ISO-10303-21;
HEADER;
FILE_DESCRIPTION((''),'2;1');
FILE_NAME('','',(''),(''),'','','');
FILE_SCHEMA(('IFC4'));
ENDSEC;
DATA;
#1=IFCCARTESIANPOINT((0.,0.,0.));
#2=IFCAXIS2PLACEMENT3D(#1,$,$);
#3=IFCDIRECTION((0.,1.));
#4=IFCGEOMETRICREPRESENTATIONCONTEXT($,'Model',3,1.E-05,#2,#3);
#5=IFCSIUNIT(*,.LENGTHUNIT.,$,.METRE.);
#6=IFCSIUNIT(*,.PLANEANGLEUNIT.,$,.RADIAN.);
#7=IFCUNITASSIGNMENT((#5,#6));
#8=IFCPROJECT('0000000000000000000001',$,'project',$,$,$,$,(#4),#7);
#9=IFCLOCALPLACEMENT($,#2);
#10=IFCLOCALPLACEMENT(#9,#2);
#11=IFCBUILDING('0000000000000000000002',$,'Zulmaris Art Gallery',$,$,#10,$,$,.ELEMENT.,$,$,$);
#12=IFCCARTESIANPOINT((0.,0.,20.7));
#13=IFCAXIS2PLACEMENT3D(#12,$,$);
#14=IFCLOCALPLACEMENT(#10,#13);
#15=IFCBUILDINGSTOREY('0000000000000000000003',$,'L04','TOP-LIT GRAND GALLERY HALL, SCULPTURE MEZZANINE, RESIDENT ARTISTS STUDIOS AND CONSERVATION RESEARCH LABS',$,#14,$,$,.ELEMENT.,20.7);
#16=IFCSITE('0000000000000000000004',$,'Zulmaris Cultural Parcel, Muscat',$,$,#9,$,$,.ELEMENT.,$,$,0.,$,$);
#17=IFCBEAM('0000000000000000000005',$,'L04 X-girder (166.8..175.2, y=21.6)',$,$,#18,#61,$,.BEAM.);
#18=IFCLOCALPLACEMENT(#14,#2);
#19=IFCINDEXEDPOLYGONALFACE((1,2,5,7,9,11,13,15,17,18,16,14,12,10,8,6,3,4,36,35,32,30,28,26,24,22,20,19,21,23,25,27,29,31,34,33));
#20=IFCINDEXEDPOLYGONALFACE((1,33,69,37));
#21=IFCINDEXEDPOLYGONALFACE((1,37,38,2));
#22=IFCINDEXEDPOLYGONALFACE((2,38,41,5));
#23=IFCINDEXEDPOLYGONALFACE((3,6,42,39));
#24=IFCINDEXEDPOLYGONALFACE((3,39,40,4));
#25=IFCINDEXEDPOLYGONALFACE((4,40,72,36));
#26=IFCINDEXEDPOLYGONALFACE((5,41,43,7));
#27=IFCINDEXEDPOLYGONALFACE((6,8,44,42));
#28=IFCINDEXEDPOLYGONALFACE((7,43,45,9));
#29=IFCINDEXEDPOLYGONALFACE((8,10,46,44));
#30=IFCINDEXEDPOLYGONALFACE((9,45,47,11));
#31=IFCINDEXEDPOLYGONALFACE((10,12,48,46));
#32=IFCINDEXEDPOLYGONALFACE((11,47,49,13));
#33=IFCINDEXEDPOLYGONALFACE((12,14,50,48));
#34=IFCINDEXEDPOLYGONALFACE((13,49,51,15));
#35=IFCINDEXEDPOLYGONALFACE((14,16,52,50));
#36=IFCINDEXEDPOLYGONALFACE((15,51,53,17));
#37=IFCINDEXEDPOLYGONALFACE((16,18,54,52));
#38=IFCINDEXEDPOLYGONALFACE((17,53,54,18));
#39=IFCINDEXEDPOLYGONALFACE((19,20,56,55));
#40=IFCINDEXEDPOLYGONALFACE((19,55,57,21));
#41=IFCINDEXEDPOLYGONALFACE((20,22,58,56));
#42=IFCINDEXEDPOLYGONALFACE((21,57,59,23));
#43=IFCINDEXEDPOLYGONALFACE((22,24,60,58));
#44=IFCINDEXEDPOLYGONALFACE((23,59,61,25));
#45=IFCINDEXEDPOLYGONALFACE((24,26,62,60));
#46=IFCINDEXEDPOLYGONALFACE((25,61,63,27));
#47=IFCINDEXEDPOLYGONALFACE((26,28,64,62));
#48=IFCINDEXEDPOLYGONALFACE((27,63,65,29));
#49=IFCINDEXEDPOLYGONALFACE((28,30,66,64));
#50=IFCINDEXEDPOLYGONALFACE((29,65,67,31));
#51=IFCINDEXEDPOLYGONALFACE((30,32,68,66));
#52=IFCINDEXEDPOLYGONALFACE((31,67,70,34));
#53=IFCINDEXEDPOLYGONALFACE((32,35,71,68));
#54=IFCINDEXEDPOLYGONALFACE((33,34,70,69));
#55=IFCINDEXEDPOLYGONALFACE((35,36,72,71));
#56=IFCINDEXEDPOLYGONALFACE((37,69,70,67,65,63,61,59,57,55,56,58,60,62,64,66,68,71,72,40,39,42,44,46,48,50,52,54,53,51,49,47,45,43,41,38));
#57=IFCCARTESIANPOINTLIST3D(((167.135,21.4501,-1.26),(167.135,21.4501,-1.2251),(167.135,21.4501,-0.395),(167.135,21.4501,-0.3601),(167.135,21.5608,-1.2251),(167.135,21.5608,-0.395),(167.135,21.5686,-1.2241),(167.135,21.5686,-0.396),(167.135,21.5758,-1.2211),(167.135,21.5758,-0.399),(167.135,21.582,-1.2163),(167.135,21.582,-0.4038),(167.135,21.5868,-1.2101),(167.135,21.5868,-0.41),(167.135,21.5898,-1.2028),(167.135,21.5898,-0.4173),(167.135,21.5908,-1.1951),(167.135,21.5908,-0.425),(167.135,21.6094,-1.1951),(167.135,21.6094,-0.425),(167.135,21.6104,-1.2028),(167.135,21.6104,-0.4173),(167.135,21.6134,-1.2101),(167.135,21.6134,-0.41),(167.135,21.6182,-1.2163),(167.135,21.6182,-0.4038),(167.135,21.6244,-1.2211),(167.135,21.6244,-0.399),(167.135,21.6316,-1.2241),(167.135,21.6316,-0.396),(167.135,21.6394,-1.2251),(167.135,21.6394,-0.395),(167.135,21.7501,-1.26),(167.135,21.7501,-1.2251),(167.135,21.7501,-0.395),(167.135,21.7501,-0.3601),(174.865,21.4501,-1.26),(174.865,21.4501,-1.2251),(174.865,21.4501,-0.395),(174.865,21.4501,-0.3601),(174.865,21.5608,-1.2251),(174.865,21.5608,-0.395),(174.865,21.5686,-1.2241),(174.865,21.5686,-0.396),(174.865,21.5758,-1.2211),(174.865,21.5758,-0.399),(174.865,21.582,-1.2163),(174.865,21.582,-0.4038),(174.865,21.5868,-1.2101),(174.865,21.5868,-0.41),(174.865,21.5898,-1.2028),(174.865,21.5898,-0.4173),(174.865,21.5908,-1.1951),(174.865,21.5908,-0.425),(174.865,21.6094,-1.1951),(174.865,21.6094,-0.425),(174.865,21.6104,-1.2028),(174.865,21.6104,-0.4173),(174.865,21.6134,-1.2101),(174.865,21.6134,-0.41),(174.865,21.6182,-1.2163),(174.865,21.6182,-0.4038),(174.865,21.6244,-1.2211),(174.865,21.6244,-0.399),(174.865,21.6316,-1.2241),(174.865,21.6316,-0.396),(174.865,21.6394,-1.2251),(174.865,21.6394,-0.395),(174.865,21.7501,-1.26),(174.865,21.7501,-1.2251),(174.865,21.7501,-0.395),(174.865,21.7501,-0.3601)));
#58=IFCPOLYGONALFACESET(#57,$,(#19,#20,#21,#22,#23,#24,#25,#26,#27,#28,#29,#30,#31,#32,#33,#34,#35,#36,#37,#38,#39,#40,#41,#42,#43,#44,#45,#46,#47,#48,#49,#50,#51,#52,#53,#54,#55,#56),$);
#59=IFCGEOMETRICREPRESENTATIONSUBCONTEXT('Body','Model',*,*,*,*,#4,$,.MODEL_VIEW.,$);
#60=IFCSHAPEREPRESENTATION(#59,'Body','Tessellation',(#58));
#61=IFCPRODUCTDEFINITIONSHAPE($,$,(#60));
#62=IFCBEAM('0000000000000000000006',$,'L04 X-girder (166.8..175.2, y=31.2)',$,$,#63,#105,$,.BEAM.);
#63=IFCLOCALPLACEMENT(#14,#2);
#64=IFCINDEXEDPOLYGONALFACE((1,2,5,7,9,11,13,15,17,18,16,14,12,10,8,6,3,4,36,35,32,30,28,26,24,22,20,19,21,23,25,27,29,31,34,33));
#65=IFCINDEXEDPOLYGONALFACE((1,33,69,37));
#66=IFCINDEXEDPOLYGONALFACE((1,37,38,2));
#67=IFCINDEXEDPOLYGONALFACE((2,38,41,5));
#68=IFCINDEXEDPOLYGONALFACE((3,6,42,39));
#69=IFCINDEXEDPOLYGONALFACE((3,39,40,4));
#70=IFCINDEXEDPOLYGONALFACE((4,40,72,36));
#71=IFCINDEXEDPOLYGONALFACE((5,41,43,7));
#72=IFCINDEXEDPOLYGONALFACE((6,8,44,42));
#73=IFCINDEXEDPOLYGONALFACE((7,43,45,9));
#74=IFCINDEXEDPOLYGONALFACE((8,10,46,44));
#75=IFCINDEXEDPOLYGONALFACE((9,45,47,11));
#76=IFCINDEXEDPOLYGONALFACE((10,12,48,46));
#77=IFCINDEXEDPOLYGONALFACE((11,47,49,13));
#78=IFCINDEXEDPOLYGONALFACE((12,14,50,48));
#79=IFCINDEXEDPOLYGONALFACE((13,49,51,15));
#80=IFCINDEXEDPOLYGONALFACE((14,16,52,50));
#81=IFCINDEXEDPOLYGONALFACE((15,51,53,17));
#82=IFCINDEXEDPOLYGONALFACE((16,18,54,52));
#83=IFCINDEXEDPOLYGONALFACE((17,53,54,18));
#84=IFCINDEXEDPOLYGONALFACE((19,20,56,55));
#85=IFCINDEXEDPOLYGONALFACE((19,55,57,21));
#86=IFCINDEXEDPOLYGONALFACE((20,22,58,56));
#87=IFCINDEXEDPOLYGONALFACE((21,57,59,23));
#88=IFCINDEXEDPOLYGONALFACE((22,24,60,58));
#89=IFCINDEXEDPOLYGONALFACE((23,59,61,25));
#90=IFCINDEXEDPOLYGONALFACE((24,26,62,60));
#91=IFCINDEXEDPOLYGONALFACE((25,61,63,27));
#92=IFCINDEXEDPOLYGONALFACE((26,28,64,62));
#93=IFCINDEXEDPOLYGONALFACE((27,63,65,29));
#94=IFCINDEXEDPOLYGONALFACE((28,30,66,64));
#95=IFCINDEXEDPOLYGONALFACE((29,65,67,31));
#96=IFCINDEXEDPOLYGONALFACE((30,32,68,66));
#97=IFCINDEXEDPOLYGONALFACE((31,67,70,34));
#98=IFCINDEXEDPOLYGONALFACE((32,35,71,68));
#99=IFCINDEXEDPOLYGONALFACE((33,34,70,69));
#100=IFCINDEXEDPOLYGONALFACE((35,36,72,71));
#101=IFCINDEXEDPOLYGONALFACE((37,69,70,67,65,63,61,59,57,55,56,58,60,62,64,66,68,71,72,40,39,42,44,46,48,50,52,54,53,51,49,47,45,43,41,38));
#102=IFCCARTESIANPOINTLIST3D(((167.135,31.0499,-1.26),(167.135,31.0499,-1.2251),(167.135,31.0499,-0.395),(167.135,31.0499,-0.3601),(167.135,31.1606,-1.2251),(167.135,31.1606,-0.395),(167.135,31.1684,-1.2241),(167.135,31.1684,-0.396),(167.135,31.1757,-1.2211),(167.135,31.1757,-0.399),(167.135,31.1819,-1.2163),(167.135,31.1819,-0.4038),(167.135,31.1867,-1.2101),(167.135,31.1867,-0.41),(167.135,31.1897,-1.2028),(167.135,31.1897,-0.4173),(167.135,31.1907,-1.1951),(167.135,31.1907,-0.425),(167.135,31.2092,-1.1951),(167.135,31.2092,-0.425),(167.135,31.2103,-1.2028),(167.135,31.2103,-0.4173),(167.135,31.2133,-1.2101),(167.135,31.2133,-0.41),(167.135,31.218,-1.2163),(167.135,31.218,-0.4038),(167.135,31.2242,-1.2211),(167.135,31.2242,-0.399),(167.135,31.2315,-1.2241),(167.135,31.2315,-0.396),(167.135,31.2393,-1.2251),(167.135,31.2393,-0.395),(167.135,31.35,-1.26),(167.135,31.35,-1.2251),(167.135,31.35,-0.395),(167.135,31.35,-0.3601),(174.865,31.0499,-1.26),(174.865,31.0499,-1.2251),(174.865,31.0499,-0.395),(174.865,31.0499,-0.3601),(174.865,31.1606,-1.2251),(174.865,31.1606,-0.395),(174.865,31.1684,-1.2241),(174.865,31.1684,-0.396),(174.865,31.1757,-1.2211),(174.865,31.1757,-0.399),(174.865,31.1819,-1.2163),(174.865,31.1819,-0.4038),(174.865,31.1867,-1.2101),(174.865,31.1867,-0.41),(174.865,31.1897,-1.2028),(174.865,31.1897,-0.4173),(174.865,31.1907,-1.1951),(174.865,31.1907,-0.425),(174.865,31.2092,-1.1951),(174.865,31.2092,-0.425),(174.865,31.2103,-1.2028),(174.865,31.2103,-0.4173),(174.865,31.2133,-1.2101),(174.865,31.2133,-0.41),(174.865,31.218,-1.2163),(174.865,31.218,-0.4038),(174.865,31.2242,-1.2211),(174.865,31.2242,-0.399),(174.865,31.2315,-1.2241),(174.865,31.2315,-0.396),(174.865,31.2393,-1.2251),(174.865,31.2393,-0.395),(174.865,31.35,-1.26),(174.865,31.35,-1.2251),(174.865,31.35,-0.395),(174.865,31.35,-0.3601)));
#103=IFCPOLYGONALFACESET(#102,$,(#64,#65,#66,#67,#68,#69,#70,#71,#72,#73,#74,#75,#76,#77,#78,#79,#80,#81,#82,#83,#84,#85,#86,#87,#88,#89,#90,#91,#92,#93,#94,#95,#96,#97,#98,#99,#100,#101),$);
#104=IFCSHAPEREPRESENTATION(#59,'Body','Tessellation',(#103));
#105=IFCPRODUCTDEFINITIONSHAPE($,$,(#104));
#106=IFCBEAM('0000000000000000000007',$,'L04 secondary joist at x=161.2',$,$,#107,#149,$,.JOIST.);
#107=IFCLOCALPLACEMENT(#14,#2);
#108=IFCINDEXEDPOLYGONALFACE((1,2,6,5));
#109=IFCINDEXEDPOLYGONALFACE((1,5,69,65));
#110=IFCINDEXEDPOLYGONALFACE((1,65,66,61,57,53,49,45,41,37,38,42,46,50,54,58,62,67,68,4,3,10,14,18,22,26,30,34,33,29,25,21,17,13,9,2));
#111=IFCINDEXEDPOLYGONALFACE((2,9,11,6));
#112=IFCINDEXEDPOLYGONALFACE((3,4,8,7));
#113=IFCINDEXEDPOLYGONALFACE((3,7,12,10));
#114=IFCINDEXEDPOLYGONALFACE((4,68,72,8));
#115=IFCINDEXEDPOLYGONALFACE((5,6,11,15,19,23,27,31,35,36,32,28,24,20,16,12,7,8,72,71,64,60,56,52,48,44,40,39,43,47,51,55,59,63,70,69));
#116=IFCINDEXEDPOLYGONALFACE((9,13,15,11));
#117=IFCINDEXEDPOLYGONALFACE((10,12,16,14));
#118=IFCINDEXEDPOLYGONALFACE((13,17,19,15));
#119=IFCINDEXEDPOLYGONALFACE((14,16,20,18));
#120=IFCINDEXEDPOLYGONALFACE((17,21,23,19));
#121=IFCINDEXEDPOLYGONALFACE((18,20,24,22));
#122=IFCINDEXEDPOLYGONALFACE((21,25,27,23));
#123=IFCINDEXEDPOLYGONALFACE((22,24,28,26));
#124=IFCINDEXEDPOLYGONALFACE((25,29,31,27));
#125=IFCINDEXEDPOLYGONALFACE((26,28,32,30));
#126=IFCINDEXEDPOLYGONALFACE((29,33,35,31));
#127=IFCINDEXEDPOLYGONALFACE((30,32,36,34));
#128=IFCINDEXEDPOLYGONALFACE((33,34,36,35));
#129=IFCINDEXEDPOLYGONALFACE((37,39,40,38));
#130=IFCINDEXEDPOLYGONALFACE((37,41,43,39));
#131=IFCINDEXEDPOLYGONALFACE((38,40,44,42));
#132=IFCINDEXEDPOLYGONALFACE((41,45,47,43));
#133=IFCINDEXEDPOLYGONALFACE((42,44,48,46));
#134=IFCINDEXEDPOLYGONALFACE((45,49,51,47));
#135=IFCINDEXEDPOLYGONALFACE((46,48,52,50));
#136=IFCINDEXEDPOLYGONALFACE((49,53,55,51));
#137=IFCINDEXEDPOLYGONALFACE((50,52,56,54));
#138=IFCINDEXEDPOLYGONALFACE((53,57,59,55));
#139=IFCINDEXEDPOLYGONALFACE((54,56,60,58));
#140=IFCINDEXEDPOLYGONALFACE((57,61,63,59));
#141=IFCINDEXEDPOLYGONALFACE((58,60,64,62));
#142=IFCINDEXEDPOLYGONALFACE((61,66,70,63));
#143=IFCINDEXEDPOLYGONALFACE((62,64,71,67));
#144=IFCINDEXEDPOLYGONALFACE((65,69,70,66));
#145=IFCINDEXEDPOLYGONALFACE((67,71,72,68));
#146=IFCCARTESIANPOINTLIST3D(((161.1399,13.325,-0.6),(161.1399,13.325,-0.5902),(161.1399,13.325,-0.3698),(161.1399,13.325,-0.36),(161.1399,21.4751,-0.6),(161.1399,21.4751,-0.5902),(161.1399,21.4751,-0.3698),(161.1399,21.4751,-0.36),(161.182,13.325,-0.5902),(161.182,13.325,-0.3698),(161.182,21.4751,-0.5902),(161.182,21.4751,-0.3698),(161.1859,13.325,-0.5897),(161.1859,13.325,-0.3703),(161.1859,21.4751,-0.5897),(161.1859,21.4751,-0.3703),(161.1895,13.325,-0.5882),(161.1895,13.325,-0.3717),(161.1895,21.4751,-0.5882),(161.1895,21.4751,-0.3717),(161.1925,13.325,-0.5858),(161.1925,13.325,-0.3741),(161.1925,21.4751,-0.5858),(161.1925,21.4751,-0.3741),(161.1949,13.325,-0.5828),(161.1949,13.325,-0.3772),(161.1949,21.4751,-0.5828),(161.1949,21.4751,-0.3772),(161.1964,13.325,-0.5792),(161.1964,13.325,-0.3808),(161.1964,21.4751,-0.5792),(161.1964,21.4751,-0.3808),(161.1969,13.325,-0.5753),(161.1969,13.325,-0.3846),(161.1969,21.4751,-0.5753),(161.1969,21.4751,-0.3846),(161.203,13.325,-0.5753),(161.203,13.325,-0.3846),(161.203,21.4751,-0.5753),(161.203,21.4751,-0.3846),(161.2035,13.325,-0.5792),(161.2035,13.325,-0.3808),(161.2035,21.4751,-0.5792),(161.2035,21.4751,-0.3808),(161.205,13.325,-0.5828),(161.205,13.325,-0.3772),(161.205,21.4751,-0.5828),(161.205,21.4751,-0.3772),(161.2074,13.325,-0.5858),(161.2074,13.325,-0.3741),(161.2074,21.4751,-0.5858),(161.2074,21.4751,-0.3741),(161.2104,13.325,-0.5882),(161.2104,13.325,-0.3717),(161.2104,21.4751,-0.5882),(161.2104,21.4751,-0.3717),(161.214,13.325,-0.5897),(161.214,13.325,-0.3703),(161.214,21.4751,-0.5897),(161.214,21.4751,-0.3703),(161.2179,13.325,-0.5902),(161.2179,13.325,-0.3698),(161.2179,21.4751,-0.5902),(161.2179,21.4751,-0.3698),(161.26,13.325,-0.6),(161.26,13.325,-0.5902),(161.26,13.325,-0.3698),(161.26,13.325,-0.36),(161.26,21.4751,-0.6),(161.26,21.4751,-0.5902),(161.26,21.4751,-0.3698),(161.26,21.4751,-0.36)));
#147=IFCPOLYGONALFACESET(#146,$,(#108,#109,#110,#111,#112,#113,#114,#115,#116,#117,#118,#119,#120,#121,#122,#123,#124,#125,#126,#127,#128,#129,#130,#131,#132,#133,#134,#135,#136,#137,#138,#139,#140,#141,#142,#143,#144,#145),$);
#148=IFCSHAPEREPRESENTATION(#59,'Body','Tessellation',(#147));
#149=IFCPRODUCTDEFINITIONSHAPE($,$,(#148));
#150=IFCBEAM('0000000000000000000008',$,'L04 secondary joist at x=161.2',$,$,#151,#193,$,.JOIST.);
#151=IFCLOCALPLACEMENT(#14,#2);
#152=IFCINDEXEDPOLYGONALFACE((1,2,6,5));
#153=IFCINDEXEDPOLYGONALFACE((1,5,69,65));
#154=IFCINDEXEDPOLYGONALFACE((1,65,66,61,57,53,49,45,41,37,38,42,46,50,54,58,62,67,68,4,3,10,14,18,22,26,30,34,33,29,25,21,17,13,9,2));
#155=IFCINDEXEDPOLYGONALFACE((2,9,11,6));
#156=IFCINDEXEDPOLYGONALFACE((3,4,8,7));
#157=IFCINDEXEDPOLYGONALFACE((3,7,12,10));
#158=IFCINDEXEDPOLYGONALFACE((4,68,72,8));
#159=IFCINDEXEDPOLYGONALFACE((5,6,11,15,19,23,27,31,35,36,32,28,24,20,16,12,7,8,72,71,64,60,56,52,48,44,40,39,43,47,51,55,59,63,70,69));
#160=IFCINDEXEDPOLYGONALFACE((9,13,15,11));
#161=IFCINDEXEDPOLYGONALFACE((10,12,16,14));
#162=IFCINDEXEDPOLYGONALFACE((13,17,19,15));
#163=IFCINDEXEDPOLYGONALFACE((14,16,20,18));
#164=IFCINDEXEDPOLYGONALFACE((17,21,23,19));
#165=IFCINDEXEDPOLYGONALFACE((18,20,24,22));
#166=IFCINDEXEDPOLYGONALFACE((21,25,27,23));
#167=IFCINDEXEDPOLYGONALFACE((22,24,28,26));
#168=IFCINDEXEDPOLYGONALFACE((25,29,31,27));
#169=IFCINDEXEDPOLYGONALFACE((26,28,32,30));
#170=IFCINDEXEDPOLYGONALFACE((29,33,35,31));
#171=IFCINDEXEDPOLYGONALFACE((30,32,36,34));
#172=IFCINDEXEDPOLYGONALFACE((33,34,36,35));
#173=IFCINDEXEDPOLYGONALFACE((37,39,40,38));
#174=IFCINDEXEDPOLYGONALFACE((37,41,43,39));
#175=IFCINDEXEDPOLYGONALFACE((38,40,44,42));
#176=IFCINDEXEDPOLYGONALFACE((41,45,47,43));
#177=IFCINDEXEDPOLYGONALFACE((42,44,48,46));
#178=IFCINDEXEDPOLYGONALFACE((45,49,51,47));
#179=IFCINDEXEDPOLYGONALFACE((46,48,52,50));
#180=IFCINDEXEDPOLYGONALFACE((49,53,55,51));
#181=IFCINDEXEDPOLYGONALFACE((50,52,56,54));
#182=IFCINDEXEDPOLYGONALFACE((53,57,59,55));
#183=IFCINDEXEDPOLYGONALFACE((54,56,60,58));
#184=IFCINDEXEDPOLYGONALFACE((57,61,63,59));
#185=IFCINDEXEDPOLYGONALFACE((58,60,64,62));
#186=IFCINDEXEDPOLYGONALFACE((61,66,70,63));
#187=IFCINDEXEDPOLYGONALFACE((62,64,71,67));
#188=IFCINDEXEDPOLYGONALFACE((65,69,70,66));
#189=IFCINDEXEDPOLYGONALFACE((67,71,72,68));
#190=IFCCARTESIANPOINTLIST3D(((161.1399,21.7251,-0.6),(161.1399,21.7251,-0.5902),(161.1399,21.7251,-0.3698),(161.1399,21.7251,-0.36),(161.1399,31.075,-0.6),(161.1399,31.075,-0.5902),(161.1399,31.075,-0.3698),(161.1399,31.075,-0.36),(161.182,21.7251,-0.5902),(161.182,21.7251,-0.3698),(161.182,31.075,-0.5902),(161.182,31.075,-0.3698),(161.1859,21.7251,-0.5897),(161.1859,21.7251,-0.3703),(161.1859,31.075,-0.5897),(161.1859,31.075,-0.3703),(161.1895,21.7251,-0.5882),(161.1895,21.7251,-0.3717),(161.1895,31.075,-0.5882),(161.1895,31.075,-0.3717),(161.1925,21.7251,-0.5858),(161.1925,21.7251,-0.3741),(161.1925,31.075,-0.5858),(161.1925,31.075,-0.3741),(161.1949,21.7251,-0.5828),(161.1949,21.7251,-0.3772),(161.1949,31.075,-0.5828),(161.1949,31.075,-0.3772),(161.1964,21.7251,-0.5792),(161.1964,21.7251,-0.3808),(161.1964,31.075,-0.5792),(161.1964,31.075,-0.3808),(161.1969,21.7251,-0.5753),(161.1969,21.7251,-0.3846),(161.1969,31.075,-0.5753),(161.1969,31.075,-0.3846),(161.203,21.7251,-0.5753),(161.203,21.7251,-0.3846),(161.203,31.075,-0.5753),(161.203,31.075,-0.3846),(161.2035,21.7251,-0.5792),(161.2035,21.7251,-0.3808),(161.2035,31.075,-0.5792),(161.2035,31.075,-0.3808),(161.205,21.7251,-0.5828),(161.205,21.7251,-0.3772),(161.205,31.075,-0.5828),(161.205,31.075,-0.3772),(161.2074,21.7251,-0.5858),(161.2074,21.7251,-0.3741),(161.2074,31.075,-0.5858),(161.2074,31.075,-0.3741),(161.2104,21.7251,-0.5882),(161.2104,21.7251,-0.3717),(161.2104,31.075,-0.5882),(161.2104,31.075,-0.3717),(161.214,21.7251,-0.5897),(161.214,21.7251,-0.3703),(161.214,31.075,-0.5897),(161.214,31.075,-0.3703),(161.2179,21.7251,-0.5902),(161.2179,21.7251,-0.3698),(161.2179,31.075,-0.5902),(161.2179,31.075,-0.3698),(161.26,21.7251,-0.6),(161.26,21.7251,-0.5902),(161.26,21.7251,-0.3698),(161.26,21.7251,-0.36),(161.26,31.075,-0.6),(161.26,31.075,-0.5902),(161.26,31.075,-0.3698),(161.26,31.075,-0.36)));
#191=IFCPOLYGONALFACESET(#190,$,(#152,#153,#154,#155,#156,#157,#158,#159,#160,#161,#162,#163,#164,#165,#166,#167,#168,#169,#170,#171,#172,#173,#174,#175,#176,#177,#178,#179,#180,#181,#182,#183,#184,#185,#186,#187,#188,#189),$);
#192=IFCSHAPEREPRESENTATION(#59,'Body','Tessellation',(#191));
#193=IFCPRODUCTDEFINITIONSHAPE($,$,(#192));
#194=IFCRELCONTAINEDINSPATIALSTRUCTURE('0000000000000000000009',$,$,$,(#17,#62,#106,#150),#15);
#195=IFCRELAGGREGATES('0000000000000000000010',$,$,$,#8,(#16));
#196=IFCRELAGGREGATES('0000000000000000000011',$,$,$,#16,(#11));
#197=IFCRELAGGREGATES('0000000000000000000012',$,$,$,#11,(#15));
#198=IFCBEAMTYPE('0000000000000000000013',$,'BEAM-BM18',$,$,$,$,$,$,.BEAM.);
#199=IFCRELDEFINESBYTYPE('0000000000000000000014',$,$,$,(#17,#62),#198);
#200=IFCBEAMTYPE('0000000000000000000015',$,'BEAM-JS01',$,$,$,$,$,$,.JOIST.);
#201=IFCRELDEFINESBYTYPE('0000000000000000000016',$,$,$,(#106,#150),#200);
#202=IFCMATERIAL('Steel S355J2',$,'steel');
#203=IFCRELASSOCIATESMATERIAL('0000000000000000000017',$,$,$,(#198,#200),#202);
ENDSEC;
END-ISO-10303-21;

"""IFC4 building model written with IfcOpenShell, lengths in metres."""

from ifc_helpers import new_model, si_unit, direction, frame, origin, origin_2d, place, context, subcontext, project, spatial, i_section, extrude, material, material_profile, profile_set, type_object, element, save


model = new_model("IFC4")

# Units and contexts
model_context = context("Model", 3, precision=1e-05, world=origin(), true_north=direction((0.0, 1.0)))
body_context = subcontext(model_context, "Body", "Model", "MODEL_VIEW")
ifc_project = project(units=[si_unit("LENGTHUNIT", "METRE"), si_unit("PLANEANGLEUNIT", "RADIAN")], contexts=[model_context])

# Site, building, storey
site_placement = place(None, origin())
site = spatial("IfcSite", under=ifc_project, at=site_placement, Name="Zulmaris Cultural Parcel, Muscat", CompositionType="ELEMENT", RefElevation=0.0)
building_placement = place(site_placement, origin())
building = spatial("IfcBuilding", under=site, at=building_placement, Name="Zulmaris Art Gallery", CompositionType="ELEMENT")
storey_placement = place(building_placement, frame((0.0, 0.0, 20.7)))
storey = spatial("IfcBuildingStorey", under=building, at=storey_placement, Name="L04", Description="TOP-LIT GRAND GALLERY HALL, SCULPTURE MEZZANINE, RESIDENT ARTISTS STUDIOS AND CONSERVATION RESEARCH LABS", CompositionType="ELEMENT", Elevation=20.7)

# Beams
ifc_material_1 = material(Name="Steel S355J2", Category="steel")
ifc_material_profile_1 = material_profile(ifc_material_1, i_section(OverallWidth=0.3, OverallDepth=0.8999, WebThickness=0.0186, FlangeThickness=0.0349, FilletRadius=0.03, at=origin_2d()), Name="HEB 900")
ifc_profile_set_1 = profile_set([ifc_material_profile_1], Name="Steel S355J2")
beam_type_1 = type_object("IfcBeamType", Name="BEAM-BM18", PredefinedType="BEAM", material=ifc_profile_set_1)
for number, where, z_axis, x_axis, name in (
    (1, (167.135, 21.6001, -0.8101), (1.0, 0.0, 0.0), (0.0, 1.0, 0.0), "L04 X-girder (166.8..175.2, y=21.6)"),
    (2, (167.135, 31.2, -0.8101), (1.0, 0.0, 0.0), (0.0, 1.0, 0.0), "L04 X-girder (166.8..175.2, y=31.2)"),
):
    element("IfcBeam", number, at=place(storey_placement, frame(where, z_axis=z_axis, x_axis=x_axis)), inside=storey, type_object=beam_type_1, Name=name, PredefinedType="BEAM", context=body_context, shape_type="SweptSolid", body=[
        extrude(i_section(OverallWidth=0.3, OverallDepth=0.8999, WebThickness=0.0186, FlangeThickness=0.0349, FilletRadius=0.03, at=origin_2d()), origin(), (0.0, 0.0, 1.0), 7.73),
    ])
ifc_material_profile_2 = material_profile(ifc_material_1, i_section(OverallWidth=0.1201, OverallDepth=0.24, WebThickness=0.0061, FlangeThickness=0.0098, FilletRadius=0.0149, at=origin_2d()), Name="IPE 240")
ifc_profile_set_2 = profile_set([ifc_material_profile_2], Name="Steel S355J2")
beam_type_2 = type_object("IfcBeamType", Name="BEAM-JS01", PredefinedType="JOIST", material=ifc_profile_set_2)
beam_1_placement = place(storey_placement, frame((161.2, 13.325, -0.48), z_axis=(0.0, 1.0, 0.0), x_axis=(-1.0, 0.0, 0.0)))
element("IfcBeam", 3, at=beam_1_placement, inside=storey, type_object=beam_type_2, Name="L04 secondary joist at x=161.2", PredefinedType="JOIST", context=body_context, shape_type="SweptSolid", body=[
    extrude(i_section(OverallWidth=0.1201, OverallDepth=0.24, WebThickness=0.0061, FlangeThickness=0.0098, FilletRadius=0.0149, at=origin_2d()), origin(), (0.0, 0.0, 1.0), 8.1501),
])
beam_2_placement = place(storey_placement, frame((161.2, 21.7251, -0.48), z_axis=(0.0, 1.0, 0.0), x_axis=(-1.0, 0.0, 0.0)))
element("IfcBeam", 4, at=beam_2_placement, inside=storey, type_object=beam_type_2, Name="L04 secondary joist at x=161.2", PredefinedType="JOIST", context=body_context, shape_type="SweptSolid", body=[
    extrude(i_section(OverallWidth=0.1201, OverallDepth=0.24, WebThickness=0.0061, FlangeThickness=0.0098, FilletRadius=0.0149, at=origin_2d()), origin(), (0.0, 0.0, 1.0), 9.3499),
])

save(model, "model.ifc")
